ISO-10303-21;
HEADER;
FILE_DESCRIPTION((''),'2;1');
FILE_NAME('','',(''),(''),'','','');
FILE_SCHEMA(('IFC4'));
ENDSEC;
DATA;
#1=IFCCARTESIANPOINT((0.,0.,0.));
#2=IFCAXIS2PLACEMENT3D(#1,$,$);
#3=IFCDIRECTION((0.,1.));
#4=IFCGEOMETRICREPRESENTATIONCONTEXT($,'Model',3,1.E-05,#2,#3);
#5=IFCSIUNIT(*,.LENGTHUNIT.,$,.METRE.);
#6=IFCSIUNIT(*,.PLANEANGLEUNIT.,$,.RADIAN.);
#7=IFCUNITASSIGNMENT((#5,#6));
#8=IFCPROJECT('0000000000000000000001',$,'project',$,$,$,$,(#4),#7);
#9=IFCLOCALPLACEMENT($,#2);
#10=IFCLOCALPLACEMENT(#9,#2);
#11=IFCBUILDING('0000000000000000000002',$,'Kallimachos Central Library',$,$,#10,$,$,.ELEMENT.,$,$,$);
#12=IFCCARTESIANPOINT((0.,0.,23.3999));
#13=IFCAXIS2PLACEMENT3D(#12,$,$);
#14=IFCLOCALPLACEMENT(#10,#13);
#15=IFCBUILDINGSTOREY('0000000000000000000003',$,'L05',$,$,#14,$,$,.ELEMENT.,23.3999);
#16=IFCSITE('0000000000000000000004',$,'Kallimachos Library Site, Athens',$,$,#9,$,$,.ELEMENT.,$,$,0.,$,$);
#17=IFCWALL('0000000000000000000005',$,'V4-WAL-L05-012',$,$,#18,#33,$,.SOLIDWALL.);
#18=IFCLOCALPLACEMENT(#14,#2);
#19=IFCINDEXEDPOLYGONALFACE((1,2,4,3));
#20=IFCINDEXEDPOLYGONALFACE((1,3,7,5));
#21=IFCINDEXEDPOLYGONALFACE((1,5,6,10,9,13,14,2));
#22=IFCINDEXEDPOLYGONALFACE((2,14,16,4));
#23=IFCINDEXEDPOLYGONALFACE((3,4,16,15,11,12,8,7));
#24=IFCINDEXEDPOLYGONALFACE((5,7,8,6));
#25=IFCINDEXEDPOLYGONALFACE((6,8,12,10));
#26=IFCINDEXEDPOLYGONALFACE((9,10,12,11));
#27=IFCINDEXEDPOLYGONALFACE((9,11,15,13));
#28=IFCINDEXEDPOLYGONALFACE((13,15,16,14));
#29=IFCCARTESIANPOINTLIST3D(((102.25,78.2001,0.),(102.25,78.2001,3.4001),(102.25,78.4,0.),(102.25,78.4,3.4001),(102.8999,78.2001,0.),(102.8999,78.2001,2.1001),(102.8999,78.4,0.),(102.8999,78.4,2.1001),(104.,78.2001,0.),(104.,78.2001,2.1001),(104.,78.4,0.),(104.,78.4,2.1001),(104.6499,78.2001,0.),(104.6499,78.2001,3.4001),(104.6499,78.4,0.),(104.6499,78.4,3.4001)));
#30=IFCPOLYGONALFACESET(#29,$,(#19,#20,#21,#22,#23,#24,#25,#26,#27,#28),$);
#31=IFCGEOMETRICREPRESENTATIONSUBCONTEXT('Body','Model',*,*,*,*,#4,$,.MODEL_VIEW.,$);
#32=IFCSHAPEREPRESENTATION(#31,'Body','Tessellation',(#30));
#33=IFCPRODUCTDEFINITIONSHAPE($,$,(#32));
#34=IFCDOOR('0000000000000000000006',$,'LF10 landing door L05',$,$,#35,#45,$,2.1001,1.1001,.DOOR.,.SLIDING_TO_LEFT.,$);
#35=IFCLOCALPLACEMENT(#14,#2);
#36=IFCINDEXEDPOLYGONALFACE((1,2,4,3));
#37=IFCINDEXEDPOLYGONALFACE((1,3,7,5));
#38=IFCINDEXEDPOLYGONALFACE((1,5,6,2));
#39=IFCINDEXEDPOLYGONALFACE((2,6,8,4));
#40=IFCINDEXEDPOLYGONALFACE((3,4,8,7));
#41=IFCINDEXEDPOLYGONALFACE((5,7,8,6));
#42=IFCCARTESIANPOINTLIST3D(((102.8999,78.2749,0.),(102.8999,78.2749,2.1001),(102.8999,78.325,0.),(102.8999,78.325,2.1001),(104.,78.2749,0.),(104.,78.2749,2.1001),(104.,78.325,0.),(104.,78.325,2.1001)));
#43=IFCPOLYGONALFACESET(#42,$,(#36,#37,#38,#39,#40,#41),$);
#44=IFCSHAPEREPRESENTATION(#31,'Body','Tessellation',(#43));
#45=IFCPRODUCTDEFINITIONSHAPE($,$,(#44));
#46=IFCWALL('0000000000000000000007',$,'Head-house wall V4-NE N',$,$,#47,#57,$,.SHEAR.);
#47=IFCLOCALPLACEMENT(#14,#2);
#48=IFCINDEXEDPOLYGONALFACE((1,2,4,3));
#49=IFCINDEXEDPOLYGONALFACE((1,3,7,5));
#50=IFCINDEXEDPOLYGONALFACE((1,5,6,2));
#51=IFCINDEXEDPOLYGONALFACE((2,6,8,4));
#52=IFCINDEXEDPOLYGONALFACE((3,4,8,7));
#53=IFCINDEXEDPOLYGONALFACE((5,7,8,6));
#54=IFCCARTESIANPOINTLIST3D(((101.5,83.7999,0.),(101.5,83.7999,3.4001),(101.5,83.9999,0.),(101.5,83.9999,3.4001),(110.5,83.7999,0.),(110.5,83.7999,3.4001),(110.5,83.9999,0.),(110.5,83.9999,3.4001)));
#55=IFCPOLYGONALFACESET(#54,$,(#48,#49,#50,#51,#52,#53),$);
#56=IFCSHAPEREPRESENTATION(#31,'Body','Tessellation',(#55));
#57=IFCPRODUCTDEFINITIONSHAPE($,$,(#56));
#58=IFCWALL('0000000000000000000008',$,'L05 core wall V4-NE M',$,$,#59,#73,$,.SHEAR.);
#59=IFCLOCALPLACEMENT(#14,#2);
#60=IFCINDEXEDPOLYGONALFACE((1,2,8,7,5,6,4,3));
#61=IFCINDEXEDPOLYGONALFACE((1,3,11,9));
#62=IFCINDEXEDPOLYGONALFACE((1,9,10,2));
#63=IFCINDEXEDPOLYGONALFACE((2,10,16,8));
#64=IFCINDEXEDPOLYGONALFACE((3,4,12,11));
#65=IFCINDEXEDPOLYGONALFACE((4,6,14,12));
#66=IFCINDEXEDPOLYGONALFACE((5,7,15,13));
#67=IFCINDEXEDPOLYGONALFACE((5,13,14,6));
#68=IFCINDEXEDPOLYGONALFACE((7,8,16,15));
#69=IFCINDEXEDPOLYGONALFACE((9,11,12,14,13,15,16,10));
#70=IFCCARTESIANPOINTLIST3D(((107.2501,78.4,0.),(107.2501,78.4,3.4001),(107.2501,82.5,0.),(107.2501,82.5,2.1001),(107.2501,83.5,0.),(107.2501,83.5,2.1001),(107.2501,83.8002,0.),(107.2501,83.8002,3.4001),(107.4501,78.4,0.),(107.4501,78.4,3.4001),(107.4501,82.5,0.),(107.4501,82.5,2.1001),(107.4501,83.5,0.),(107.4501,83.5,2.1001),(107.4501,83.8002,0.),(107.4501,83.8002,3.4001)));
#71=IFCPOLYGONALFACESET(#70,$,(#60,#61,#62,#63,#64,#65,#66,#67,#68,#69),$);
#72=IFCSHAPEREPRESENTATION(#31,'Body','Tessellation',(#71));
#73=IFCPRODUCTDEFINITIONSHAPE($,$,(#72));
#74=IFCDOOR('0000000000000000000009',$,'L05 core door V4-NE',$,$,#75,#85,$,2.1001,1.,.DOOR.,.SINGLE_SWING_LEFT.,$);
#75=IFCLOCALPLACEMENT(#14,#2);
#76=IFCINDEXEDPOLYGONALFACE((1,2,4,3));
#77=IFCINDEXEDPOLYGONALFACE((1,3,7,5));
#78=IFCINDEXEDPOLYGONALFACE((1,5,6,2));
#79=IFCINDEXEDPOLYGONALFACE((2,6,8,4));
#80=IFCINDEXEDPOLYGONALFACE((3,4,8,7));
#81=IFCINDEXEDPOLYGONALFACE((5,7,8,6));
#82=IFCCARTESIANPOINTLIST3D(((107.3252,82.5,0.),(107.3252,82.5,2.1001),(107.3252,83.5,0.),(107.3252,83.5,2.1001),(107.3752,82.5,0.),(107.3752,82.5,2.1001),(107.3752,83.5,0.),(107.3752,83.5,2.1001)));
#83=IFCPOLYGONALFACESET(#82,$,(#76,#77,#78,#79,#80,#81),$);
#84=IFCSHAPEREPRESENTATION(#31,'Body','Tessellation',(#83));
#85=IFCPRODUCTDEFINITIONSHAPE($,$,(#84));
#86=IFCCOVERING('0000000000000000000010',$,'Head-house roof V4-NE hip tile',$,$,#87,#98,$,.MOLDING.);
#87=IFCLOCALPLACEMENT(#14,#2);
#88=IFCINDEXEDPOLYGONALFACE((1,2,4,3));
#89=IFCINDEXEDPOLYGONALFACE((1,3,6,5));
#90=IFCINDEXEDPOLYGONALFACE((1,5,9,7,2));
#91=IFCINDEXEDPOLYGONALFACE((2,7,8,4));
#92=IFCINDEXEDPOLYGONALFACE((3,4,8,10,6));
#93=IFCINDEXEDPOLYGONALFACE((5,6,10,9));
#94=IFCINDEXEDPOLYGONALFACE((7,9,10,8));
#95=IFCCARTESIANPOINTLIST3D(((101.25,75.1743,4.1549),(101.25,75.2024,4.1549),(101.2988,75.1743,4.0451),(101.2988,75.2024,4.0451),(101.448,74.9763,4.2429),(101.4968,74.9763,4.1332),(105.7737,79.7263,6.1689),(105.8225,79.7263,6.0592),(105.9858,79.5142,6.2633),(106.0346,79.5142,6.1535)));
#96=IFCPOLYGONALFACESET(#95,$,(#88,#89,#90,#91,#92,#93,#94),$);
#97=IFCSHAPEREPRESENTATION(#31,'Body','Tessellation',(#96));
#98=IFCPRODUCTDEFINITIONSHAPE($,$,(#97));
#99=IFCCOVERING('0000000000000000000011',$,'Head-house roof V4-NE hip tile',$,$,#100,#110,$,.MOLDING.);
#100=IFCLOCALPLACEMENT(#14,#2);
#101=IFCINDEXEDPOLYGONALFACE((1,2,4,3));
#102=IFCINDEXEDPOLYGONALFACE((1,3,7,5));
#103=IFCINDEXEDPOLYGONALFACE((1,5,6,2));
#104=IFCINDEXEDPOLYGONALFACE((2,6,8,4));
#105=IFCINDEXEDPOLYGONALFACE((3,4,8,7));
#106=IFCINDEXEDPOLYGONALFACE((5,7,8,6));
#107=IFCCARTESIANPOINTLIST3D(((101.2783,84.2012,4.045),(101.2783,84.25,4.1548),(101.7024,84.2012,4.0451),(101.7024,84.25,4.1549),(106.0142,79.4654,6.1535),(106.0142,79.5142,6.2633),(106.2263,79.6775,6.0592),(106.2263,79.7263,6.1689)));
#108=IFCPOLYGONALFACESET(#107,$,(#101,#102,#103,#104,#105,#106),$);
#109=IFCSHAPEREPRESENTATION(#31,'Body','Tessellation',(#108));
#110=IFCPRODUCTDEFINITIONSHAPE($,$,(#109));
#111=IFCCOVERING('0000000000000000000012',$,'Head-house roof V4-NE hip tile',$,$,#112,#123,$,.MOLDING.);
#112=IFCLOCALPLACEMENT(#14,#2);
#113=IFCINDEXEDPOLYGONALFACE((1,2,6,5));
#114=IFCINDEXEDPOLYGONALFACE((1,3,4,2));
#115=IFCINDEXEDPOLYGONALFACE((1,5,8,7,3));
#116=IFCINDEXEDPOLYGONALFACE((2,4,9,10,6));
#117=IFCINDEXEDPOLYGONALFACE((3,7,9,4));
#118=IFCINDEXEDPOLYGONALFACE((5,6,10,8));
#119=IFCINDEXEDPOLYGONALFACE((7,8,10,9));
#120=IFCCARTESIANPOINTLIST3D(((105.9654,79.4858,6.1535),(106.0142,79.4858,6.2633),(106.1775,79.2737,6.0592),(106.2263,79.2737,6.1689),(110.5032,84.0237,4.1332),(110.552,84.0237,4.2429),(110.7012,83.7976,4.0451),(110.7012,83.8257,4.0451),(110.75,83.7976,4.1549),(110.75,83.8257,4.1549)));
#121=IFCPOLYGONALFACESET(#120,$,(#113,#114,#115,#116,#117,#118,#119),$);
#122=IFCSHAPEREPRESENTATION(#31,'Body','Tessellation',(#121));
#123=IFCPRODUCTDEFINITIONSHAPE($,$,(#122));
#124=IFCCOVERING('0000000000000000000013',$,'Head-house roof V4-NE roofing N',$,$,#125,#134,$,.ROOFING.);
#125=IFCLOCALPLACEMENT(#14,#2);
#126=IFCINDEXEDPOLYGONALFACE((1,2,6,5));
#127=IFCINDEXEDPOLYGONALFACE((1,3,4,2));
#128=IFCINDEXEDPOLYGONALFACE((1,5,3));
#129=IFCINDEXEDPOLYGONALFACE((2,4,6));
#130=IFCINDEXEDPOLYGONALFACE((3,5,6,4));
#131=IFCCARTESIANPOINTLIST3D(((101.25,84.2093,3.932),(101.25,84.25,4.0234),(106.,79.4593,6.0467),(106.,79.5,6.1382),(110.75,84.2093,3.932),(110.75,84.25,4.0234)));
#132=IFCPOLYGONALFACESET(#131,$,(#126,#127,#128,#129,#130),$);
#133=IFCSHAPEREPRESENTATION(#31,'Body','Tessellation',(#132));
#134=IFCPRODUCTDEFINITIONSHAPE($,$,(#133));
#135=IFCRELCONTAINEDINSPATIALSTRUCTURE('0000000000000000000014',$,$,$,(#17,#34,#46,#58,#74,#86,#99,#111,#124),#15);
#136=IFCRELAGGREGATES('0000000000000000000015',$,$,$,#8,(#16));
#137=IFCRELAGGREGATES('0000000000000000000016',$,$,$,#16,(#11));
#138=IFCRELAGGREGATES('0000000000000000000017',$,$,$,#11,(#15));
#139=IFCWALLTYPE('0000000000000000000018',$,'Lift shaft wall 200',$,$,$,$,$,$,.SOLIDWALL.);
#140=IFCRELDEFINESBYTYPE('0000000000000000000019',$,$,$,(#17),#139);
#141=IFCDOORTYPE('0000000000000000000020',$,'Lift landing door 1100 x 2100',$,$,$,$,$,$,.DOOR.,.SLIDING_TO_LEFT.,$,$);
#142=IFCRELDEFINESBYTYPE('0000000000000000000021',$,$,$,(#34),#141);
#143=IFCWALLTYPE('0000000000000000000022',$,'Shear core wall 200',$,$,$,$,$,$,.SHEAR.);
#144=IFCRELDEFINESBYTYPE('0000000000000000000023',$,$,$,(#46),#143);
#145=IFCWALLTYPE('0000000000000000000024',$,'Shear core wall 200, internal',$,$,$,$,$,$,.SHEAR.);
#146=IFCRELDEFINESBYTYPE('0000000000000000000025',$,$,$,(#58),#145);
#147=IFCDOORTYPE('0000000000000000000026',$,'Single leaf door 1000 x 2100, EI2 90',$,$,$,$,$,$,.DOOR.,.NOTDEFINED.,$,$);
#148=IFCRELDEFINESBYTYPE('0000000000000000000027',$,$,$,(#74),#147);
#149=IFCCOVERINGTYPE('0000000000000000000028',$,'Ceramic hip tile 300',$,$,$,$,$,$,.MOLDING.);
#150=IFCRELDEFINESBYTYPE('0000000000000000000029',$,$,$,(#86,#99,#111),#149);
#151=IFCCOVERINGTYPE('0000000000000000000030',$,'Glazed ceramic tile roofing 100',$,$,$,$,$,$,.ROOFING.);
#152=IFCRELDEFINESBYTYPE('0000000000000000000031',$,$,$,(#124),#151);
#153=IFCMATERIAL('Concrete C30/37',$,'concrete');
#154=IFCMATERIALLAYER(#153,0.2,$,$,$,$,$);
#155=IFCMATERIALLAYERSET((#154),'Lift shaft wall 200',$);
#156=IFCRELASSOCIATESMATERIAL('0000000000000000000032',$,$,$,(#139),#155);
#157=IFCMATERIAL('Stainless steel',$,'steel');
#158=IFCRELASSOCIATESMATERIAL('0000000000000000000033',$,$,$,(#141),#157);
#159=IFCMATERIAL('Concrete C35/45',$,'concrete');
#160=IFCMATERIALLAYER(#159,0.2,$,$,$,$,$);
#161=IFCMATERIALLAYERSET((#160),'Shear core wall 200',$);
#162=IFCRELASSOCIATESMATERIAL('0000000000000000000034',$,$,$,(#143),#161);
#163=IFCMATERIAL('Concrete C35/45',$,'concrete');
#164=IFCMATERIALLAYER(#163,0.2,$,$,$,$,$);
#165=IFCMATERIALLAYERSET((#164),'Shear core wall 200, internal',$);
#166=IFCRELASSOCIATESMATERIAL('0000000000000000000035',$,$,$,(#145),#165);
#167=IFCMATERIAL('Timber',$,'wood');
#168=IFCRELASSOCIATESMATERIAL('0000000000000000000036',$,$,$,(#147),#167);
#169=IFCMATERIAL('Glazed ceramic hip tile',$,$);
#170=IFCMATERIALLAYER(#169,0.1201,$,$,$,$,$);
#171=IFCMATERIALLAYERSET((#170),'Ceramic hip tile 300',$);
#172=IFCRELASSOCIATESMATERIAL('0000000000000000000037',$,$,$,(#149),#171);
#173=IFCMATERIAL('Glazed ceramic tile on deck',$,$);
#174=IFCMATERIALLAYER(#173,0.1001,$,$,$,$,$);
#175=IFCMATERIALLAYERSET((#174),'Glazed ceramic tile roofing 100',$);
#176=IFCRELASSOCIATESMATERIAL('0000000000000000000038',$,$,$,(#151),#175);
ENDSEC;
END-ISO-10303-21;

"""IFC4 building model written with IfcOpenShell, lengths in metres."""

from ifc_helpers import new_model, si_unit, direction, frame, frame_2d, origin, place, context, subcontext, project, spatial, polyline, rectangle, outline, extrude, material, layer, layer_set, type_object, element, fill, save


model = new_model("IFC4")

# Units and contexts
model_context = context("Model", 3, precision=1e-05, world=origin(), true_north=direction((0.0, 1.0)))
body_context = subcontext(model_context, "Body", "Model", "MODEL_VIEW")
ifc_project = project(units=[si_unit("LENGTHUNIT", "METRE"), si_unit("PLANEANGLEUNIT", "RADIAN")], contexts=[model_context])

# Site, building, storey
site_placement = place(None, origin())
site = spatial("IfcSite", under=ifc_project, at=site_placement, Name="Kallimachos Library Site, Athens", CompositionType="ELEMENT", RefElevation=0.0)
building_placement = place(site_placement, origin())
building = spatial("IfcBuilding", under=site, at=building_placement, Name="Kallimachos Central Library", CompositionType="ELEMENT")
storey_placement = place(building_placement, frame((0.0, 0.0, 23.3999)))
storey = spatial("IfcBuildingStorey", under=building, at=storey_placement, Name="L05", CompositionType="ELEMENT", Elevation=23.3999)

# Wall, opening, door
ifc_material_1 = material(Name="Concrete C30/37", Category="concrete")
ifc_layer_1 = layer(ifc_material_1, 0.2)
ifc_layer_set_1 = layer_set([ifc_layer_1], Name="Lift shaft wall 200")
wall_type_1 = type_object("IfcWallType", Name="Lift shaft wall 200", PredefinedType="SOLIDWALL", material=ifc_layer_set_1)
ifc_material_2 = material(Name="Stainless steel", Category="steel")
door_type_1 = type_object("IfcDoorType", Name="Lift landing door 1100 x 2100", OperationType="SLIDING_TO_LEFT", PredefinedType="DOOR", material=ifc_material_2)
wall_1_placement = place(storey_placement, frame((102.25, 78.3, 0.0), z_axis=(0.0, 0.0, 1.0), x_axis=(1.0, 0.0, 0.0)))
wall_1 = element("IfcWall", 1, at=wall_1_placement, inside=storey, type_object=wall_type_1, Name="V4-WAL-L05-012", PredefinedType="SOLIDWALL", context=body_context, shape_type="SweptSolid", body=[
    extrude(rectangle(XDim=2.3999, YDim=0.2, at=frame_2d((1.2, 0.0))), origin(), (0.0, 0.0, 1.0), 3.4001),
])
opening_1_placement = place(wall_1_placement, frame((0.6499, 0.0, 0.0)))
opening_1 = element("IfcOpeningElement", 2, at=opening_1_placement, cuts=wall_1, PredefinedType="OPENING", context=body_context, shape_type="SweptSolid", body=[
    extrude(rectangle(XDim=1.1001, YDim=2.1001, at=frame_2d((0.55, 1.05))), frame((0.0, 0.1099, 0.0), z_axis=(0.0, -1.0, 0.0), x_axis=(1.0, 0.0, 0.0)), (0.0, 0.0, 1.0), 0.22),
])
door_1_placement = place(opening_1_placement, origin())
door_1 = element("IfcDoor", 3, at=door_1_placement, inside=storey, type_object=door_type_1, Name="LF10 landing door L05", OperationType="SLIDING_TO_LEFT", OverallHeight=2.1001, OverallWidth=1.1001, PredefinedType="DOOR", context=body_context, shape_type="SweptSolid", body=[
    extrude(rectangle(XDim=1.1001, YDim=2.1001, at=frame_2d((0.55, 1.05))), frame((0.0, 0.0249, 0.0), z_axis=(0.0, -1.0, 0.0), x_axis=(1.0, 0.0, 0.0)), (0.0, 0.0, 1.0), 0.05),
])
fill(opening_1, door_1)

# Wall
ifc_material_3 = material(Name="Concrete C35/45", Category="concrete")
ifc_layer_2 = layer(ifc_material_3, 0.2)
ifc_layer_set_2 = layer_set([ifc_layer_2], Name="Shear core wall 200")
wall_type_2 = type_object("IfcWallType", Name="Shear core wall 200", PredefinedType="SHEAR", material=ifc_layer_set_2)
wall_2_placement = place(storey_placement, frame((101.5, 83.8999, 0.0), z_axis=(0.0, 0.0, 1.0), x_axis=(1.0, 0.0, 0.0)))
element("IfcWall", 4, at=wall_2_placement, inside=storey, type_object=wall_type_2, Name="Head-house wall V4-NE N", PredefinedType="SHEAR", context=body_context, shape_type="SweptSolid", body=[
    extrude(rectangle(XDim=9.0, YDim=0.2, at=frame_2d((4.5, 0.0))), origin(), (0.0, 0.0, 1.0), 3.4001),
])

# Wall, opening, door
ifc_material_4 = material(Name="Concrete C35/45", Category="concrete")
ifc_layer_3 = layer(ifc_material_4, 0.2)
ifc_layer_set_3 = layer_set([ifc_layer_3], Name="Shear core wall 200, internal")
wall_type_3 = type_object("IfcWallType", Name="Shear core wall 200, internal", PredefinedType="SHEAR", material=ifc_layer_set_3)
wall_3_placement = place(storey_placement, frame((107.3501, 78.3999, 0.0), z_axis=(0.0, 0.0, 1.0), x_axis=(0.0, 1.0, 0.0)))
wall_3 = element("IfcWall", 5, at=wall_3_placement, inside=storey, type_object=wall_type_3, Name="L05 core wall V4-NE M", PredefinedType="SHEAR", context=body_context, shape_type="SweptSolid", body=[
    extrude(rectangle(XDim=5.4001, YDim=0.2, at=frame_2d((2.7002, 0.0))), origin(), (0.0, 0.0, 1.0), 3.4001),
])
opening_2_placement = place(wall_3_placement, frame((4.1001, 0.0, 0.0)))
opening_2 = element("IfcOpeningElement", 6, at=opening_2_placement, cuts=wall_3, PredefinedType="OPENING", context=body_context, shape_type="SweptSolid", body=[
    extrude(rectangle(XDim=1.0, YDim=2.1001, at=frame_2d((0.5, 1.05))), frame((0.0, 0.1099, 0.0), z_axis=(0.0, -1.0, 0.0), x_axis=(1.0, 0.0, 0.0)), (0.0, 0.0, 1.0), 0.22),
])
ifc_material_5 = material(Name="Timber", Category="wood")
door_type_2 = type_object("IfcDoorType", Name="Single leaf door 1000 x 2100, EI2 90", OperationType="NOTDEFINED", PredefinedType="DOOR", material=ifc_material_5)
door_2_placement = place(opening_2_placement, origin())
door_2 = element("IfcDoor", 7, at=door_2_placement, inside=storey, type_object=door_type_2, Name="L05 core door V4-NE", OperationType="SINGLE_SWING_LEFT", OverallHeight=2.1001, OverallWidth=1.0, PredefinedType="DOOR", context=body_context, shape_type="SweptSolid", body=[
    extrude(rectangle(XDim=1.0, YDim=2.1001, at=frame_2d((0.5, 1.05))), frame((0.0, 0.0249, 0.0), z_axis=(0.0, -1.0, 0.0), x_axis=(1.0, 0.0, 0.0)), (0.0, 0.0, 1.0), 0.05),
])
fill(opening_2, door_2)

# Coverings
ifc_material_6 = material(Name="Glazed ceramic hip tile")
ifc_layer_4 = layer(ifc_material_6, 0.1201)
ifc_layer_set_4 = layer_set([ifc_layer_4], Name="Ceramic hip tile 300")
covering_type_1 = type_object("IfcCoveringType", Name="Ceramic hip tile 300", PredefinedType="MOLDING", material=ifc_layer_set_4)
covering_1_placement = place(storey_placement, frame((105.7737, 79.7263, 6.1689), z_axis=(-0.40652, -0.000257, 0.913642), x_axis=(0.674495, -0.674614, 0.299923)))
element("IfcCovering", 8, at=covering_1_placement, inside=storey, type_object=covering_type_1, Name="Head-house roof V4-NE hip tile", PredefinedType="MOLDING", context=body_context, shape_type="SweptSolid", body=[
    extrude(outline(polyline([(0.0, 0.0), (0.3145, 0.0), (-0.2909, -6.7007), (-0.5844, -6.7007), (-0.6034, -6.68), (0.0, 0.0)])), origin(), (0.0, 0.0, -1.0), 0.1201),
])
covering_2_placement = place(storey_placement, frame((106.2263, 79.7263, 6.1689), z_axis=(-0.000236, 0.406535, 0.913635), x_axis=(-0.674614, -0.674484, 0.299947)))
element("IfcCovering", 9, at=covering_2_placement, inside=storey, type_object=covering_type_1, Name="Head-house roof V4-NE hip tile", PredefinedType="MOLDING", context=body_context, shape_type="SweptSolid", body=[
    extrude(outline(polyline([(0.0, 0.0), (0.3145, 0.0), (-0.3173, -6.993), (-0.6034, -6.68), (0.0, 0.0)])), origin(), (0.0, 0.0, -1.0), 0.1201),
])
covering_3_placement = place(storey_placement, frame((110.552, 84.0237, 4.2429), z_axis=(0.40652, 0.000257, 0.913642), x_axis=(0.674602, -0.674485, -0.29997)))
element("IfcCovering", 10, at=covering_3_placement, inside=storey, type_object=covering_type_1, Name="Head-house roof V4-NE hip tile", PredefinedType="MOLDING", context=body_context, shape_type="SweptSolid", body=[
    extrude(outline(polyline([(0.0, 0.0), (0.2936, 0.0), (0.3125, -0.0207), (-0.2921, -6.7006), (-0.6066, -6.7006), (0.0, 0.0)])), origin(), (0.0, 0.0, -1.0), 0.1201),
])
ifc_material_7 = material(Name="Glazed ceramic tile on deck")
ifc_layer_5 = layer(ifc_material_7, 0.1001)
ifc_layer_set_5 = layer_set([ifc_layer_5], Name="Glazed ceramic tile roofing 100")
covering_type_2 = type_object("IfcCoveringType", Name="Glazed ceramic tile roofing 100", PredefinedType="ROOFING", material=ifc_layer_set_5)
covering_4_placement = place(storey_placement, frame((110.75, 84.25, 4.0234), z_axis=(0.0, 0.406722, 0.913552), x_axis=(-1.0, 0.0, 0.0)))
element("IfcCovering", 11, at=covering_4_placement, inside=storey, type_object=covering_type_2, Name="Head-house roof V4-NE roofing N", PredefinedType="ROOFING", context=body_context, shape_type="SweptSolid", body=[
    extrude(outline(polyline([(0.0, 0.0), (9.5, 0.0), (4.75, 5.1995), (0.0, 0.0)])), origin(), (0.0, 0.0, -1.0), 0.1001),
])

save(model, "model.ifc")
